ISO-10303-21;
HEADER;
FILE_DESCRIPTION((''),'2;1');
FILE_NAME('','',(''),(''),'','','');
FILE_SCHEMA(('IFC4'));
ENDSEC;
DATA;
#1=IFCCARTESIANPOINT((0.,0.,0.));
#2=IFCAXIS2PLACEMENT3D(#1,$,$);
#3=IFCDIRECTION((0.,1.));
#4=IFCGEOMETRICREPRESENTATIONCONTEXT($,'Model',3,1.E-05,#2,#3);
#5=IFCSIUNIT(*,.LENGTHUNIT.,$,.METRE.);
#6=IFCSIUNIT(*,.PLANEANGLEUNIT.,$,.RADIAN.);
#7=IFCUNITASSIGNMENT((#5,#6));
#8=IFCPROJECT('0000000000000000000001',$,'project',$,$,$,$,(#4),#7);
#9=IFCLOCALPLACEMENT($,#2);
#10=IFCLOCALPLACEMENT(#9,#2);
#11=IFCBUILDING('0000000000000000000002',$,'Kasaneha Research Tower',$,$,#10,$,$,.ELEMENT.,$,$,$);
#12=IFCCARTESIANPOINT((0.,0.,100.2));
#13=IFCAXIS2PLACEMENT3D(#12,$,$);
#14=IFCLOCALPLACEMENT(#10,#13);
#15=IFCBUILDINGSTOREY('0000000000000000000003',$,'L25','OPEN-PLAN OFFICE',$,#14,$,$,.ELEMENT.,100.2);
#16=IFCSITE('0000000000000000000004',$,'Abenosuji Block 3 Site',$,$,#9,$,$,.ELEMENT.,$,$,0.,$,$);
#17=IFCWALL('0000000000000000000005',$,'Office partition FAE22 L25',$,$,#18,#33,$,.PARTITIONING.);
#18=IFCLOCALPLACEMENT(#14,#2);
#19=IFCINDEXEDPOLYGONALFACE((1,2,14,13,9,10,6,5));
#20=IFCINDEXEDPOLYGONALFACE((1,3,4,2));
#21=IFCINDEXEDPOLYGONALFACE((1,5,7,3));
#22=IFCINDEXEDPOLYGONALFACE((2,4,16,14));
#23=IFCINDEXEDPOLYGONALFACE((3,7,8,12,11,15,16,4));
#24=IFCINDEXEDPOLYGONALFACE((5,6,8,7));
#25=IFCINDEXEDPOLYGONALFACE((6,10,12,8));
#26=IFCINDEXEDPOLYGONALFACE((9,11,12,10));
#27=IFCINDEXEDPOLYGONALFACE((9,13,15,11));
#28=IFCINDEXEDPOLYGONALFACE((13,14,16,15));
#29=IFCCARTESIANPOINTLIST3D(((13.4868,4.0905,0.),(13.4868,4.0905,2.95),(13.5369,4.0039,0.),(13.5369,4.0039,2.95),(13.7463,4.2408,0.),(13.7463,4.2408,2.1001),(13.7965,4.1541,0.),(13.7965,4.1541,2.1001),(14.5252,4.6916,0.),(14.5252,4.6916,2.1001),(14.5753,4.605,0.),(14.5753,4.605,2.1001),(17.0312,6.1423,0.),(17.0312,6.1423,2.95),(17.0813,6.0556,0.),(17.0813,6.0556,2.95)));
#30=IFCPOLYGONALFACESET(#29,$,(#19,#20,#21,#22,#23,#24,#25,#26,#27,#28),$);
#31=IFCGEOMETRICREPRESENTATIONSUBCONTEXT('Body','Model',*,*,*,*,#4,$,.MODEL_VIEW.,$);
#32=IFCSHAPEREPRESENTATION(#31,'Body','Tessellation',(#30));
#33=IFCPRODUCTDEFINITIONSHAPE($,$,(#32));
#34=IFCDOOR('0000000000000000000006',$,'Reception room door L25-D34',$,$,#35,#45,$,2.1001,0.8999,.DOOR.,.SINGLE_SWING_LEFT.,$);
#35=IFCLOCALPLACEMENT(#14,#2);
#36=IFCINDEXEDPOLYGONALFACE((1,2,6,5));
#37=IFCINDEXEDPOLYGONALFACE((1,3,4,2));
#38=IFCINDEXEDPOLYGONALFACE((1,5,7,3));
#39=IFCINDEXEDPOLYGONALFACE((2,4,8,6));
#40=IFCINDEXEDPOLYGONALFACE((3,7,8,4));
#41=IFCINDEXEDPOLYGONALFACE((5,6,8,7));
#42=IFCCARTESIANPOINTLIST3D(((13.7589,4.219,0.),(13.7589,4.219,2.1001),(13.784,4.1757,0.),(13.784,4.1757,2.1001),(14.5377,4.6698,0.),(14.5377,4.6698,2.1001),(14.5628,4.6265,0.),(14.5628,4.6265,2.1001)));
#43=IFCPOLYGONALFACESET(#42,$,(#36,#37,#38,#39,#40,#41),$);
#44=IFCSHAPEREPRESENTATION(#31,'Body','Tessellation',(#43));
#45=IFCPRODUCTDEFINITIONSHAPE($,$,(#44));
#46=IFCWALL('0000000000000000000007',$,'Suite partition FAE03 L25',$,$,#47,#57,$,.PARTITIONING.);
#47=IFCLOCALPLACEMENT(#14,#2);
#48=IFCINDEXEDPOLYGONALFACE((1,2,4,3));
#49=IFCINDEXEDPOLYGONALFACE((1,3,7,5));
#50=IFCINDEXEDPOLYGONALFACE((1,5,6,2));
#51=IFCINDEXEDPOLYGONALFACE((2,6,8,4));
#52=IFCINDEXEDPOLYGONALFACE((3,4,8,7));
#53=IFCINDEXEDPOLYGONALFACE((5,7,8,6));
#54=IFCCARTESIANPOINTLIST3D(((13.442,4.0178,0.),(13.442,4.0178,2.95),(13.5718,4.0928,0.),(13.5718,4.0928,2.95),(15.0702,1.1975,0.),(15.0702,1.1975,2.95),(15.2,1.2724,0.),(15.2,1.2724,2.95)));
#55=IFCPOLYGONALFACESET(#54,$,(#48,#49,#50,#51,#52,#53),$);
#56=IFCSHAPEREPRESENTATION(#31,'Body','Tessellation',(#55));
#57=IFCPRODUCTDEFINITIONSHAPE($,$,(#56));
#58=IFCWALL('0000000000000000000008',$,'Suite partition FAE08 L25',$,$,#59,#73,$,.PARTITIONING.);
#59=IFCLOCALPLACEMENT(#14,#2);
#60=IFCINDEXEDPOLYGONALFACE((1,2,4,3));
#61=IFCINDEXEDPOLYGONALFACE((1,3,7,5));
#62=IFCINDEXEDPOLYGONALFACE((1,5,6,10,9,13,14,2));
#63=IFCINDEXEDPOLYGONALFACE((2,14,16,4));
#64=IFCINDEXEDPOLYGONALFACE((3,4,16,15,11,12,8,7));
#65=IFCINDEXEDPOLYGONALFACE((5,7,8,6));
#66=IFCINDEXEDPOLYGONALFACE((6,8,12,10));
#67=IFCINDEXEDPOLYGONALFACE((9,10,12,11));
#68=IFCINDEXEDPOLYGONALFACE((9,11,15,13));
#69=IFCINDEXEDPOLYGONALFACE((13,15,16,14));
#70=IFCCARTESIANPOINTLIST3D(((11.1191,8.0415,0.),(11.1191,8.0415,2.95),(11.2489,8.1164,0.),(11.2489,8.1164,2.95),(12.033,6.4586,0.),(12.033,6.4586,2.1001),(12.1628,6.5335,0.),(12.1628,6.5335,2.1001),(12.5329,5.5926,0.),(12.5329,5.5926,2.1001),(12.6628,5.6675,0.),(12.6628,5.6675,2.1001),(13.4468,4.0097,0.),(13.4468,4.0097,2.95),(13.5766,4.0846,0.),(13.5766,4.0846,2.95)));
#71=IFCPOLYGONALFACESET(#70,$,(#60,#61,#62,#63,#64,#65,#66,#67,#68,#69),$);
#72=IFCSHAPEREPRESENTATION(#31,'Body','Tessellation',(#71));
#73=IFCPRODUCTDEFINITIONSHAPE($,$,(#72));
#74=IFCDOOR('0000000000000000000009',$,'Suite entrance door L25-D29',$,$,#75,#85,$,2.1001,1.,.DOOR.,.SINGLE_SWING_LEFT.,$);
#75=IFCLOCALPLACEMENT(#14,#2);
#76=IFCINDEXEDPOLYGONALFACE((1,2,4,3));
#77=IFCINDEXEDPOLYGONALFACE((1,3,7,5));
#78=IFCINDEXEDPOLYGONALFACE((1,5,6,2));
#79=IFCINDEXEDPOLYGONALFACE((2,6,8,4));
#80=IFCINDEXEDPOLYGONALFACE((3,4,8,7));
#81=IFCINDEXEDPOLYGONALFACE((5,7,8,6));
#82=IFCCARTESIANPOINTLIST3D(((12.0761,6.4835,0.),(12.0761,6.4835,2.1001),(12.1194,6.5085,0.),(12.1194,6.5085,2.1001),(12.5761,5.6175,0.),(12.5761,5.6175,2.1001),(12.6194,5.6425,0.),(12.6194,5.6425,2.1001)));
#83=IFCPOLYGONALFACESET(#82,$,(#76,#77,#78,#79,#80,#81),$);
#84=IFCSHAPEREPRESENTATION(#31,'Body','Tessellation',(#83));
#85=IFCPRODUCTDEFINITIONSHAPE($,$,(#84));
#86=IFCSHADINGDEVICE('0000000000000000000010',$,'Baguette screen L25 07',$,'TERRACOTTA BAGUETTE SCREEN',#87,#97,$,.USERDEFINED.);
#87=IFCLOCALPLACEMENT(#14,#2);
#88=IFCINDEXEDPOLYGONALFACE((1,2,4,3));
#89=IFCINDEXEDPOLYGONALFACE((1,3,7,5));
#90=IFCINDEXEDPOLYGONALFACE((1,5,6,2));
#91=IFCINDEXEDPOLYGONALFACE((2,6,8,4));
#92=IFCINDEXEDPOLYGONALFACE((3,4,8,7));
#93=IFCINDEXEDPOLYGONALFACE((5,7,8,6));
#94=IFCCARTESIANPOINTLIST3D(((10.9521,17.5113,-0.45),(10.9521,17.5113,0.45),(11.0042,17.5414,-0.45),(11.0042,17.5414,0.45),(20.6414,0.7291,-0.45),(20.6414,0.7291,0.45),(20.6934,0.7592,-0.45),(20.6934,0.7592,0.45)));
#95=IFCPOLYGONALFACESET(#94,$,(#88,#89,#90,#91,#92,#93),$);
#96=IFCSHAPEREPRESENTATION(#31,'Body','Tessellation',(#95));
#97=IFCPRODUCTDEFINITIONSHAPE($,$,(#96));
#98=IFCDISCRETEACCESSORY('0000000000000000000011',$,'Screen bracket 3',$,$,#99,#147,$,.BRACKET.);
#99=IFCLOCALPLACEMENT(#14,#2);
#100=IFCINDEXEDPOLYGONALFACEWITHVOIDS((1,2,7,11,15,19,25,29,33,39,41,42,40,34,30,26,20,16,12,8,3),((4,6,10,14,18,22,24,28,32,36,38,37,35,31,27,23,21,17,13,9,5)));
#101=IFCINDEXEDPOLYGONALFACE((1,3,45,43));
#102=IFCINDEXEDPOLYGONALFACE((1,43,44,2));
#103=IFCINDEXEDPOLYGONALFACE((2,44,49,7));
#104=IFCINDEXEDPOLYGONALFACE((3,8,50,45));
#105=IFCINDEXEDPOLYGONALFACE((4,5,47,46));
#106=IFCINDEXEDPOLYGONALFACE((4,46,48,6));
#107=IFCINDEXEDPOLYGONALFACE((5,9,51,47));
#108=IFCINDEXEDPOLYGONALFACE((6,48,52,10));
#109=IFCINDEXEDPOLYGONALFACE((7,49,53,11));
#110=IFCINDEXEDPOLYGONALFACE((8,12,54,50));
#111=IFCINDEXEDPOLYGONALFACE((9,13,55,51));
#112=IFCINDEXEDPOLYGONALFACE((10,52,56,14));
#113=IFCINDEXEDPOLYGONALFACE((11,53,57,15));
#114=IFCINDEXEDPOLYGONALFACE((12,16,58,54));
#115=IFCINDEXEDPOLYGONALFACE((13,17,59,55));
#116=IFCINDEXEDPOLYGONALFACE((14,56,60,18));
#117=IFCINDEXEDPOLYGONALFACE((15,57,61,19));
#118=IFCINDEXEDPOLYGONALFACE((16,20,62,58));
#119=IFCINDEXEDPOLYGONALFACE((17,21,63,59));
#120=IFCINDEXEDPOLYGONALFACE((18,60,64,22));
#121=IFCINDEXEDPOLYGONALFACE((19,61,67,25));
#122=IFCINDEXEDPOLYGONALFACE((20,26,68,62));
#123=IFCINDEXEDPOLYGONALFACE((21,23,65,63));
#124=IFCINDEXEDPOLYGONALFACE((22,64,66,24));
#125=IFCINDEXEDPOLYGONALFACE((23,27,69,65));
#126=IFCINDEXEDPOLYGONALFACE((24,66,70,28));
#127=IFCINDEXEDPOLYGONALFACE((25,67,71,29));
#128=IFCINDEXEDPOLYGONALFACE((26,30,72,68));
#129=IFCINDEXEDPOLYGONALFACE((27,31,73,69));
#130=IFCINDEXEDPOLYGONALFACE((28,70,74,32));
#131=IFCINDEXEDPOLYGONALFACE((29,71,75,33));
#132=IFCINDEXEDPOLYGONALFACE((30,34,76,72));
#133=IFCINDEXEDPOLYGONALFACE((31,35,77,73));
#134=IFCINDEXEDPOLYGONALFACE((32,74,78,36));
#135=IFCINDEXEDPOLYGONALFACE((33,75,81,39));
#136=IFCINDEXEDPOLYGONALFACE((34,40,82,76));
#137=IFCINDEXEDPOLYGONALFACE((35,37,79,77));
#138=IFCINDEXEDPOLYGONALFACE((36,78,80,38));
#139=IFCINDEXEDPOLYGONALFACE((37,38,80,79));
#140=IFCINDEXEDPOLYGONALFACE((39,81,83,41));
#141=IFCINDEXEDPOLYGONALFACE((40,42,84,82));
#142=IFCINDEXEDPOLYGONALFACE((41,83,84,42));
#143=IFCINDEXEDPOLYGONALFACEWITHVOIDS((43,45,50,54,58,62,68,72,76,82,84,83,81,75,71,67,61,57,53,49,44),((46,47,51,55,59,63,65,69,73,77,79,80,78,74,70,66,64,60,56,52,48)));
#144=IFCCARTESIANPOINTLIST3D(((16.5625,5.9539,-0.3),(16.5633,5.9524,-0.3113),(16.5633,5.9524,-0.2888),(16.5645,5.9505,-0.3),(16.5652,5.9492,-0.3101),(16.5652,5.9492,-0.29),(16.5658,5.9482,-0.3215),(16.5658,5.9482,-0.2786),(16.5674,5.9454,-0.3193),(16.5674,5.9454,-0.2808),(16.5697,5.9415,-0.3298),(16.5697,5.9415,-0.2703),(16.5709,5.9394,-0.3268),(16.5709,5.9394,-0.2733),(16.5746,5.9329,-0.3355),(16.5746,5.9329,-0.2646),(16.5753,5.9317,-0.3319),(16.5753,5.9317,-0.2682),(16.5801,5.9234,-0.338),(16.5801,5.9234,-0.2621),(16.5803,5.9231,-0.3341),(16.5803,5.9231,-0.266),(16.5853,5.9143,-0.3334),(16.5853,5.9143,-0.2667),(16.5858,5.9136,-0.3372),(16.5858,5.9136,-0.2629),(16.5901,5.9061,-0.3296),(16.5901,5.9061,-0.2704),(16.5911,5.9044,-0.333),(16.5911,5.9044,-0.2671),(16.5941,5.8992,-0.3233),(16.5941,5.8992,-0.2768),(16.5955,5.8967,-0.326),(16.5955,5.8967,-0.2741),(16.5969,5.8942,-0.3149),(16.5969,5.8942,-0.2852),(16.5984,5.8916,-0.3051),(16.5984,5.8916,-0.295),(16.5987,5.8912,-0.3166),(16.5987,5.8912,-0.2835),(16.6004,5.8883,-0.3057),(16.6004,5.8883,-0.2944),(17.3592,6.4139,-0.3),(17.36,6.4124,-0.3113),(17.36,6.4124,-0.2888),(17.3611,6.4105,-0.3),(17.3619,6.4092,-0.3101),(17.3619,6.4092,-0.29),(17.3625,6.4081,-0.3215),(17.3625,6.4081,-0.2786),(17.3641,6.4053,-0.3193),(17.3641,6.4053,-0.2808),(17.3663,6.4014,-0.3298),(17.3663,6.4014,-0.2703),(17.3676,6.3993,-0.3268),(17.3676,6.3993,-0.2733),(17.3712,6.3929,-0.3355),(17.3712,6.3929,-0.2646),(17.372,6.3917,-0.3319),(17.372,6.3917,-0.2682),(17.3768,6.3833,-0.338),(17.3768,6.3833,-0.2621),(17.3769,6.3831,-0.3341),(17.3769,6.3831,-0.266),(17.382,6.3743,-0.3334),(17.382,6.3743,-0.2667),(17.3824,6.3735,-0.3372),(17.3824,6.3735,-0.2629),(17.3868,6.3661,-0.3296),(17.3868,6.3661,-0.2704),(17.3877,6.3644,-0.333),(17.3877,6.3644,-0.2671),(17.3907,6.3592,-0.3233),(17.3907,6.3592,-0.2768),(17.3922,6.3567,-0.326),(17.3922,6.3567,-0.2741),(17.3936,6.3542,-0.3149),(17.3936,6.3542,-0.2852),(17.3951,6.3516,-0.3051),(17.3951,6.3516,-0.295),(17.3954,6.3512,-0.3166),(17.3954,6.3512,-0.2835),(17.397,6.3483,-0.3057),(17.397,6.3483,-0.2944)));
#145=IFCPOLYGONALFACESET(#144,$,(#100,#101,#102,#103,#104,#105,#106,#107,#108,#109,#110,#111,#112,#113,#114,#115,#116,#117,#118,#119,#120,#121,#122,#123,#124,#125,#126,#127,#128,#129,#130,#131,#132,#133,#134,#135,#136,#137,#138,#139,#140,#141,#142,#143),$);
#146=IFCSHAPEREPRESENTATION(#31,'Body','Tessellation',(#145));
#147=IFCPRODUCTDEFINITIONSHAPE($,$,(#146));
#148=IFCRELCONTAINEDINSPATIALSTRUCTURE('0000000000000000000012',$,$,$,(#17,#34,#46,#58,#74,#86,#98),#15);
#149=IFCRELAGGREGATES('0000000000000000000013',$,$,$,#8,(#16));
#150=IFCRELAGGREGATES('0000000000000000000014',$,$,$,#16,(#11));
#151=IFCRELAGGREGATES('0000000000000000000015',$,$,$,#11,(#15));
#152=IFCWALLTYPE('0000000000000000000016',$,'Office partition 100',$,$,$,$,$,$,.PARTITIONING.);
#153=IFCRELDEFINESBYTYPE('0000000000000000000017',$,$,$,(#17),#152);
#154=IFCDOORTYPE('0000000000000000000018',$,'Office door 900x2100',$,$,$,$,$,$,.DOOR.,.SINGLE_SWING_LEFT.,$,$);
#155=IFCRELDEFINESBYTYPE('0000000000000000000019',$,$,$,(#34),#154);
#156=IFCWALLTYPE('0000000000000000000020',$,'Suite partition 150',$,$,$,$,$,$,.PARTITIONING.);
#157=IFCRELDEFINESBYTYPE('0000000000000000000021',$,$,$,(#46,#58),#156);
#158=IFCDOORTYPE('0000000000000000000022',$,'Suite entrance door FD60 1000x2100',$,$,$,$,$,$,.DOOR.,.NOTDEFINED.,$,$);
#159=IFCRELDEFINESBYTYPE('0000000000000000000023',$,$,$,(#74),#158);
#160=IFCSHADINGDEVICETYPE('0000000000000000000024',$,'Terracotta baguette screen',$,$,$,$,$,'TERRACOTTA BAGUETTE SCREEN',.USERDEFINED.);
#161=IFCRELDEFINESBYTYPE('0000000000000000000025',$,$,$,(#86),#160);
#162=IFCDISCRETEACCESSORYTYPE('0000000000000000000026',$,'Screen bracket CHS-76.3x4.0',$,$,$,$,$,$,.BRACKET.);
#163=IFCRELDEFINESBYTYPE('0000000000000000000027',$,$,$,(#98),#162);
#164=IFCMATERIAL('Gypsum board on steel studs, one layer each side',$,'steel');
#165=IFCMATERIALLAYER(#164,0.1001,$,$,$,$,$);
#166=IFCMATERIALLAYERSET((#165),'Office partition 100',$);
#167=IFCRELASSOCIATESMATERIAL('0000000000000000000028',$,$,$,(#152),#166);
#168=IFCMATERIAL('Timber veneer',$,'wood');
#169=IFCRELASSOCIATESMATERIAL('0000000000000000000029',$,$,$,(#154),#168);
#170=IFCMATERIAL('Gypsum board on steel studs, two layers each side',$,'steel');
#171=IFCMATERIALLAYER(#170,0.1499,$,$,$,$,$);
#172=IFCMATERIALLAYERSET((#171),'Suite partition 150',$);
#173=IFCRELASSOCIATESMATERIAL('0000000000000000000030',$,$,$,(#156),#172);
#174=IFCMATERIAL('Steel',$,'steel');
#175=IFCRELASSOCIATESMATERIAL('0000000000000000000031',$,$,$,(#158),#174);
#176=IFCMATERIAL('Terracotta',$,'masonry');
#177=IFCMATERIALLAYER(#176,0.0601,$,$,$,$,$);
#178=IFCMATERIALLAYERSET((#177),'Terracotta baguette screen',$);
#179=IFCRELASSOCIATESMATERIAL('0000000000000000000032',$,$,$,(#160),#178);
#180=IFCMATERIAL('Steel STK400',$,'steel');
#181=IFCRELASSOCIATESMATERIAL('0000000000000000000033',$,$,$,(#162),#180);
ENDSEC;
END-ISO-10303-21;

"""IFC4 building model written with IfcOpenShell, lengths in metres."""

from ifc_helpers import new_model, si_unit, direction, frame, frame_2d, origin, origin_2d, place, context, subcontext, project, spatial, rectangle, hollow_circle, extrude, material, layer, layer_set, material_profile, profile_set, type_object, element, fill, save


model = new_model("IFC4")

# Units and contexts
model_context = context("Model", 3, precision=1e-05, world=origin(), true_north=direction((0.0, 1.0)))
body_context = subcontext(model_context, "Body", "Model", "MODEL_VIEW")
ifc_project = project(units=[si_unit("LENGTHUNIT", "METRE"), si_unit("PLANEANGLEUNIT", "RADIAN")], contexts=[model_context])

# Site, building, storey
site_placement = place(None, origin())
site = spatial("IfcSite", under=ifc_project, at=site_placement, Name="Abenosuji Block 3 Site", CompositionType="ELEMENT", RefElevation=0.0)
building_placement = place(site_placement, origin())
building = spatial("IfcBuilding", under=site, at=building_placement, Name="Kasaneha Research Tower", CompositionType="ELEMENT")
storey_placement = place(building_placement, frame((0.0, 0.0, 100.2)))
storey = spatial("IfcBuildingStorey", under=building, at=storey_placement, Name="L25", Description="OPEN-PLAN OFFICE", CompositionType="ELEMENT", Elevation=100.2)

# Shared definitions
ifc_material_1 = material(Name="Gypsum board on steel studs, one layer each side", Category="steel")
ifc_layer_1 = layer(ifc_material_1, 0.1001)
ifc_layer_set_1 = layer_set([ifc_layer_1], Name="Office partition 100")
wall_type_1 = type_object("IfcWallType", Name="Office partition 100", PredefinedType="PARTITIONING", material=ifc_layer_set_1)

# Wall, opening, door
wall_1_placement = place(storey_placement, frame((13.5117, 4.0471, 0.0), z_axis=(0.0, 0.0, 1.0), x_axis=(0.865456, 0.500985, 0.0)))
wall_1 = element("IfcWall", 1, at=wall_1_placement, inside=storey, type_object=wall_type_1, Name="Office partition FAE22 L25", PredefinedType="PARTITIONING", context=body_context, shape_type="SweptSolid", body=[
    extrude(rectangle(XDim=4.0955, YDim=0.1001, at=frame_2d((2.0479, 0.0))), origin(), (0.0, 0.0, 1.0), 2.95),
])
opening_1_placement = place(wall_1_placement, frame((0.3, 0.0, 0.0)))
opening_1 = element("IfcOpeningElement", 2, at=opening_1_placement, cuts=wall_1, PredefinedType="OPENING", context=body_context, shape_type="SweptSolid", body=[
    extrude(rectangle(XDim=0.8999, YDim=2.1001, at=frame_2d((0.45, 1.05))), frame((0.0, 0.0601, 0.0), z_axis=(0.0, -1.0, 0.0), x_axis=(1.0, 0.0, 0.0)), (0.0, 0.0, 1.0), 0.1201),
])
ifc_material_2 = material(Name="Timber veneer", Category="wood")
door_type_1 = type_object("IfcDoorType", Name="Office door 900x2100", OperationType="SINGLE_SWING_LEFT", PredefinedType="DOOR", material=ifc_material_2)
door_1_placement = place(opening_1_placement, origin())
door_1 = element("IfcDoor", 3, at=door_1_placement, inside=storey, type_object=door_type_1, Name="Reception room door L25-D34", OperationType="SINGLE_SWING_LEFT", OverallHeight=2.1001, OverallWidth=0.8999, PredefinedType="DOOR", context=body_context, shape_type="SweptSolid", body=[
    extrude(rectangle(XDim=0.8999, YDim=2.1001, at=frame_2d((0.45, 1.05))), frame((0.0, 0.0249, 0.0), z_axis=(0.0, -1.0, 0.0), x_axis=(1.0, 0.0, 0.0)), (0.0, 0.0, 1.0), 0.05),
])
fill(opening_1, door_1)

# Wall
ifc_material_3 = material(Name="Gypsum board on steel studs, two layers each side", Category="steel")
ifc_layer_2 = layer(ifc_material_3, 0.1499)
ifc_layer_set_2 = layer_set([ifc_layer_2], Name="Suite partition 150")
wall_type_2 = type_object("IfcWallType", Name="Suite partition 150", PredefinedType="PARTITIONING", material=ifc_layer_set_2)
wall_2_placement = place(storey_placement, frame((13.5068, 4.0554, 0.0), z_axis=(0.0, 0.0, 1.0), x_axis=(0.499969, -0.866043, 0.0)))
element("IfcWall", 4, at=wall_2_placement, inside=storey, type_object=wall_type_2, Name="Suite partition FAE03 L25", PredefinedType="PARTITIONING", context=body_context, shape_type="SweptSolid", body=[
    extrude(rectangle(XDim=3.2566, YDim=0.1499, at=frame_2d((1.6284, 0.0))), origin(), (0.0, 0.0, 1.0), 2.95),
])

# Wall, opening, door
wall_3_placement = place(storey_placement, frame((11.1841, 8.0789, 0.0), z_axis=(0.0, 0.0, 1.0), x_axis=(0.499986, -0.866034, 0.0)))
wall_3 = element("IfcWall", 5, at=wall_3_placement, inside=storey, type_object=wall_type_2, Name="Suite partition FAE08 L25", PredefinedType="PARTITIONING", context=body_context, shape_type="SweptSolid", body=[
    extrude(rectangle(XDim=4.6555, YDim=0.1499, at=frame_2d((2.3276, 0.0))), origin(), (0.0, 0.0, 1.0), 2.95),
])
opening_2_placement = place(wall_3_placement, frame((1.8276, 0.0, 0.0)))
opening_2 = element("IfcOpeningElement", 6, at=opening_2_placement, cuts=wall_3, PredefinedType="OPENING", context=body_context, shape_type="SweptSolid", body=[
    extrude(rectangle(XDim=1.0, YDim=2.1001, at=frame_2d((0.5, 1.05))), frame((0.0, 0.085, 0.0), z_axis=(0.0, -1.0, 0.0), x_axis=(1.0, 0.0, 0.0)), (0.0, 0.0, 1.0), 0.1699),
])
ifc_material_4 = material(Name="Steel", Category="steel")
door_type_2 = type_object("IfcDoorType", Name="Suite entrance door FD60 1000x2100", OperationType="NOTDEFINED", PredefinedType="DOOR", material=ifc_material_4)
door_2_placement = place(opening_2_placement, origin())
door_2 = element("IfcDoor", 7, at=door_2_placement, inside=storey, type_object=door_type_2, Name="Suite entrance door L25-D29", OperationType="SINGLE_SWING_LEFT", OverallHeight=2.1001, OverallWidth=1.0, PredefinedType="DOOR", context=body_context, shape_type="SweptSolid", body=[
    extrude(rectangle(XDim=1.0, YDim=2.1001, at=frame_2d((0.5, 1.05))), frame((0.0, 0.0249, 0.0), z_axis=(0.0, -1.0, 0.0), x_axis=(1.0, 0.0, 0.0)), (0.0, 0.0, 1.0), 0.05),
])
fill(opening_2, door_2)

# Shading device
ifc_material_5 = material(Name="Terracotta", Category="masonry")
ifc_layer_3 = layer(ifc_material_5, 0.0601)
ifc_layer_set_3 = layer_set([ifc_layer_3], Name="Terracotta baguette screen")
shading_device_type = type_object("IfcShadingDeviceType", Name="Terracotta baguette screen", ElementType="TERRACOTTA BAGUETTE SCREEN", PredefinedType="USERDEFINED", material=ifc_layer_set_3)
shading_device_placement = place(storey_placement, frame((15.8228, 9.1353, -0.45), z_axis=(0.0, 0.0, 1.0), x_axis=(-0.5, 0.866025, 0.0)))
element("IfcShadingDevice", 8, at=shading_device_placement, inside=storey, type_object=shading_device_type, Name="Baguette screen L25 07", ObjectType="TERRACOTTA BAGUETTE SCREEN", PredefinedType="USERDEFINED", context=body_context, shape_type="SweptSolid", body=[
    extrude(rectangle(XDim=19.3784, YDim=0.0601, at=origin_2d()), origin(), (0.0, 0.0, 1.0), 0.8999),
])

# Discrete accessory
ifc_material_6 = material(Name="Steel STK400", Category="steel")
ifc_material_profile_1 = material_profile(ifc_material_6, hollow_circle(Radius=0.0381, WallThickness=0.0039, at=origin_2d()), Name="CHS-76.3x4.0")
ifc_profile_set_1 = profile_set([ifc_material_profile_1], Name="Steel STK400")
discrete_accessory_type = type_object("IfcDiscreteAccessoryType", Name="Screen bracket CHS-76.3x4.0", PredefinedType="BRACKET", material=ifc_profile_set_1)
for number, where, z_axis, x_axis, name in (
    (9, (16.5815, 5.9209, -0.3), (0.866013, 0.500021, 0.0), (-0.500021, 0.866013, 0.0), "Screen bracket 3"),
):
    element("IfcDiscreteAccessory", number, at=place(storey_placement, frame(where, z_axis=z_axis, x_axis=x_axis)), inside=storey, type_object=discrete_accessory_type, Name=name, PredefinedType="BRACKET", context=body_context, shape_type="SweptSolid", body=[
        extrude(hollow_circle(Radius=0.0381, WallThickness=0.0039, at=origin_2d()), origin(), (0.0, 0.0, 1.0), 0.9199),
    ])

save(model, "model.ifc")
